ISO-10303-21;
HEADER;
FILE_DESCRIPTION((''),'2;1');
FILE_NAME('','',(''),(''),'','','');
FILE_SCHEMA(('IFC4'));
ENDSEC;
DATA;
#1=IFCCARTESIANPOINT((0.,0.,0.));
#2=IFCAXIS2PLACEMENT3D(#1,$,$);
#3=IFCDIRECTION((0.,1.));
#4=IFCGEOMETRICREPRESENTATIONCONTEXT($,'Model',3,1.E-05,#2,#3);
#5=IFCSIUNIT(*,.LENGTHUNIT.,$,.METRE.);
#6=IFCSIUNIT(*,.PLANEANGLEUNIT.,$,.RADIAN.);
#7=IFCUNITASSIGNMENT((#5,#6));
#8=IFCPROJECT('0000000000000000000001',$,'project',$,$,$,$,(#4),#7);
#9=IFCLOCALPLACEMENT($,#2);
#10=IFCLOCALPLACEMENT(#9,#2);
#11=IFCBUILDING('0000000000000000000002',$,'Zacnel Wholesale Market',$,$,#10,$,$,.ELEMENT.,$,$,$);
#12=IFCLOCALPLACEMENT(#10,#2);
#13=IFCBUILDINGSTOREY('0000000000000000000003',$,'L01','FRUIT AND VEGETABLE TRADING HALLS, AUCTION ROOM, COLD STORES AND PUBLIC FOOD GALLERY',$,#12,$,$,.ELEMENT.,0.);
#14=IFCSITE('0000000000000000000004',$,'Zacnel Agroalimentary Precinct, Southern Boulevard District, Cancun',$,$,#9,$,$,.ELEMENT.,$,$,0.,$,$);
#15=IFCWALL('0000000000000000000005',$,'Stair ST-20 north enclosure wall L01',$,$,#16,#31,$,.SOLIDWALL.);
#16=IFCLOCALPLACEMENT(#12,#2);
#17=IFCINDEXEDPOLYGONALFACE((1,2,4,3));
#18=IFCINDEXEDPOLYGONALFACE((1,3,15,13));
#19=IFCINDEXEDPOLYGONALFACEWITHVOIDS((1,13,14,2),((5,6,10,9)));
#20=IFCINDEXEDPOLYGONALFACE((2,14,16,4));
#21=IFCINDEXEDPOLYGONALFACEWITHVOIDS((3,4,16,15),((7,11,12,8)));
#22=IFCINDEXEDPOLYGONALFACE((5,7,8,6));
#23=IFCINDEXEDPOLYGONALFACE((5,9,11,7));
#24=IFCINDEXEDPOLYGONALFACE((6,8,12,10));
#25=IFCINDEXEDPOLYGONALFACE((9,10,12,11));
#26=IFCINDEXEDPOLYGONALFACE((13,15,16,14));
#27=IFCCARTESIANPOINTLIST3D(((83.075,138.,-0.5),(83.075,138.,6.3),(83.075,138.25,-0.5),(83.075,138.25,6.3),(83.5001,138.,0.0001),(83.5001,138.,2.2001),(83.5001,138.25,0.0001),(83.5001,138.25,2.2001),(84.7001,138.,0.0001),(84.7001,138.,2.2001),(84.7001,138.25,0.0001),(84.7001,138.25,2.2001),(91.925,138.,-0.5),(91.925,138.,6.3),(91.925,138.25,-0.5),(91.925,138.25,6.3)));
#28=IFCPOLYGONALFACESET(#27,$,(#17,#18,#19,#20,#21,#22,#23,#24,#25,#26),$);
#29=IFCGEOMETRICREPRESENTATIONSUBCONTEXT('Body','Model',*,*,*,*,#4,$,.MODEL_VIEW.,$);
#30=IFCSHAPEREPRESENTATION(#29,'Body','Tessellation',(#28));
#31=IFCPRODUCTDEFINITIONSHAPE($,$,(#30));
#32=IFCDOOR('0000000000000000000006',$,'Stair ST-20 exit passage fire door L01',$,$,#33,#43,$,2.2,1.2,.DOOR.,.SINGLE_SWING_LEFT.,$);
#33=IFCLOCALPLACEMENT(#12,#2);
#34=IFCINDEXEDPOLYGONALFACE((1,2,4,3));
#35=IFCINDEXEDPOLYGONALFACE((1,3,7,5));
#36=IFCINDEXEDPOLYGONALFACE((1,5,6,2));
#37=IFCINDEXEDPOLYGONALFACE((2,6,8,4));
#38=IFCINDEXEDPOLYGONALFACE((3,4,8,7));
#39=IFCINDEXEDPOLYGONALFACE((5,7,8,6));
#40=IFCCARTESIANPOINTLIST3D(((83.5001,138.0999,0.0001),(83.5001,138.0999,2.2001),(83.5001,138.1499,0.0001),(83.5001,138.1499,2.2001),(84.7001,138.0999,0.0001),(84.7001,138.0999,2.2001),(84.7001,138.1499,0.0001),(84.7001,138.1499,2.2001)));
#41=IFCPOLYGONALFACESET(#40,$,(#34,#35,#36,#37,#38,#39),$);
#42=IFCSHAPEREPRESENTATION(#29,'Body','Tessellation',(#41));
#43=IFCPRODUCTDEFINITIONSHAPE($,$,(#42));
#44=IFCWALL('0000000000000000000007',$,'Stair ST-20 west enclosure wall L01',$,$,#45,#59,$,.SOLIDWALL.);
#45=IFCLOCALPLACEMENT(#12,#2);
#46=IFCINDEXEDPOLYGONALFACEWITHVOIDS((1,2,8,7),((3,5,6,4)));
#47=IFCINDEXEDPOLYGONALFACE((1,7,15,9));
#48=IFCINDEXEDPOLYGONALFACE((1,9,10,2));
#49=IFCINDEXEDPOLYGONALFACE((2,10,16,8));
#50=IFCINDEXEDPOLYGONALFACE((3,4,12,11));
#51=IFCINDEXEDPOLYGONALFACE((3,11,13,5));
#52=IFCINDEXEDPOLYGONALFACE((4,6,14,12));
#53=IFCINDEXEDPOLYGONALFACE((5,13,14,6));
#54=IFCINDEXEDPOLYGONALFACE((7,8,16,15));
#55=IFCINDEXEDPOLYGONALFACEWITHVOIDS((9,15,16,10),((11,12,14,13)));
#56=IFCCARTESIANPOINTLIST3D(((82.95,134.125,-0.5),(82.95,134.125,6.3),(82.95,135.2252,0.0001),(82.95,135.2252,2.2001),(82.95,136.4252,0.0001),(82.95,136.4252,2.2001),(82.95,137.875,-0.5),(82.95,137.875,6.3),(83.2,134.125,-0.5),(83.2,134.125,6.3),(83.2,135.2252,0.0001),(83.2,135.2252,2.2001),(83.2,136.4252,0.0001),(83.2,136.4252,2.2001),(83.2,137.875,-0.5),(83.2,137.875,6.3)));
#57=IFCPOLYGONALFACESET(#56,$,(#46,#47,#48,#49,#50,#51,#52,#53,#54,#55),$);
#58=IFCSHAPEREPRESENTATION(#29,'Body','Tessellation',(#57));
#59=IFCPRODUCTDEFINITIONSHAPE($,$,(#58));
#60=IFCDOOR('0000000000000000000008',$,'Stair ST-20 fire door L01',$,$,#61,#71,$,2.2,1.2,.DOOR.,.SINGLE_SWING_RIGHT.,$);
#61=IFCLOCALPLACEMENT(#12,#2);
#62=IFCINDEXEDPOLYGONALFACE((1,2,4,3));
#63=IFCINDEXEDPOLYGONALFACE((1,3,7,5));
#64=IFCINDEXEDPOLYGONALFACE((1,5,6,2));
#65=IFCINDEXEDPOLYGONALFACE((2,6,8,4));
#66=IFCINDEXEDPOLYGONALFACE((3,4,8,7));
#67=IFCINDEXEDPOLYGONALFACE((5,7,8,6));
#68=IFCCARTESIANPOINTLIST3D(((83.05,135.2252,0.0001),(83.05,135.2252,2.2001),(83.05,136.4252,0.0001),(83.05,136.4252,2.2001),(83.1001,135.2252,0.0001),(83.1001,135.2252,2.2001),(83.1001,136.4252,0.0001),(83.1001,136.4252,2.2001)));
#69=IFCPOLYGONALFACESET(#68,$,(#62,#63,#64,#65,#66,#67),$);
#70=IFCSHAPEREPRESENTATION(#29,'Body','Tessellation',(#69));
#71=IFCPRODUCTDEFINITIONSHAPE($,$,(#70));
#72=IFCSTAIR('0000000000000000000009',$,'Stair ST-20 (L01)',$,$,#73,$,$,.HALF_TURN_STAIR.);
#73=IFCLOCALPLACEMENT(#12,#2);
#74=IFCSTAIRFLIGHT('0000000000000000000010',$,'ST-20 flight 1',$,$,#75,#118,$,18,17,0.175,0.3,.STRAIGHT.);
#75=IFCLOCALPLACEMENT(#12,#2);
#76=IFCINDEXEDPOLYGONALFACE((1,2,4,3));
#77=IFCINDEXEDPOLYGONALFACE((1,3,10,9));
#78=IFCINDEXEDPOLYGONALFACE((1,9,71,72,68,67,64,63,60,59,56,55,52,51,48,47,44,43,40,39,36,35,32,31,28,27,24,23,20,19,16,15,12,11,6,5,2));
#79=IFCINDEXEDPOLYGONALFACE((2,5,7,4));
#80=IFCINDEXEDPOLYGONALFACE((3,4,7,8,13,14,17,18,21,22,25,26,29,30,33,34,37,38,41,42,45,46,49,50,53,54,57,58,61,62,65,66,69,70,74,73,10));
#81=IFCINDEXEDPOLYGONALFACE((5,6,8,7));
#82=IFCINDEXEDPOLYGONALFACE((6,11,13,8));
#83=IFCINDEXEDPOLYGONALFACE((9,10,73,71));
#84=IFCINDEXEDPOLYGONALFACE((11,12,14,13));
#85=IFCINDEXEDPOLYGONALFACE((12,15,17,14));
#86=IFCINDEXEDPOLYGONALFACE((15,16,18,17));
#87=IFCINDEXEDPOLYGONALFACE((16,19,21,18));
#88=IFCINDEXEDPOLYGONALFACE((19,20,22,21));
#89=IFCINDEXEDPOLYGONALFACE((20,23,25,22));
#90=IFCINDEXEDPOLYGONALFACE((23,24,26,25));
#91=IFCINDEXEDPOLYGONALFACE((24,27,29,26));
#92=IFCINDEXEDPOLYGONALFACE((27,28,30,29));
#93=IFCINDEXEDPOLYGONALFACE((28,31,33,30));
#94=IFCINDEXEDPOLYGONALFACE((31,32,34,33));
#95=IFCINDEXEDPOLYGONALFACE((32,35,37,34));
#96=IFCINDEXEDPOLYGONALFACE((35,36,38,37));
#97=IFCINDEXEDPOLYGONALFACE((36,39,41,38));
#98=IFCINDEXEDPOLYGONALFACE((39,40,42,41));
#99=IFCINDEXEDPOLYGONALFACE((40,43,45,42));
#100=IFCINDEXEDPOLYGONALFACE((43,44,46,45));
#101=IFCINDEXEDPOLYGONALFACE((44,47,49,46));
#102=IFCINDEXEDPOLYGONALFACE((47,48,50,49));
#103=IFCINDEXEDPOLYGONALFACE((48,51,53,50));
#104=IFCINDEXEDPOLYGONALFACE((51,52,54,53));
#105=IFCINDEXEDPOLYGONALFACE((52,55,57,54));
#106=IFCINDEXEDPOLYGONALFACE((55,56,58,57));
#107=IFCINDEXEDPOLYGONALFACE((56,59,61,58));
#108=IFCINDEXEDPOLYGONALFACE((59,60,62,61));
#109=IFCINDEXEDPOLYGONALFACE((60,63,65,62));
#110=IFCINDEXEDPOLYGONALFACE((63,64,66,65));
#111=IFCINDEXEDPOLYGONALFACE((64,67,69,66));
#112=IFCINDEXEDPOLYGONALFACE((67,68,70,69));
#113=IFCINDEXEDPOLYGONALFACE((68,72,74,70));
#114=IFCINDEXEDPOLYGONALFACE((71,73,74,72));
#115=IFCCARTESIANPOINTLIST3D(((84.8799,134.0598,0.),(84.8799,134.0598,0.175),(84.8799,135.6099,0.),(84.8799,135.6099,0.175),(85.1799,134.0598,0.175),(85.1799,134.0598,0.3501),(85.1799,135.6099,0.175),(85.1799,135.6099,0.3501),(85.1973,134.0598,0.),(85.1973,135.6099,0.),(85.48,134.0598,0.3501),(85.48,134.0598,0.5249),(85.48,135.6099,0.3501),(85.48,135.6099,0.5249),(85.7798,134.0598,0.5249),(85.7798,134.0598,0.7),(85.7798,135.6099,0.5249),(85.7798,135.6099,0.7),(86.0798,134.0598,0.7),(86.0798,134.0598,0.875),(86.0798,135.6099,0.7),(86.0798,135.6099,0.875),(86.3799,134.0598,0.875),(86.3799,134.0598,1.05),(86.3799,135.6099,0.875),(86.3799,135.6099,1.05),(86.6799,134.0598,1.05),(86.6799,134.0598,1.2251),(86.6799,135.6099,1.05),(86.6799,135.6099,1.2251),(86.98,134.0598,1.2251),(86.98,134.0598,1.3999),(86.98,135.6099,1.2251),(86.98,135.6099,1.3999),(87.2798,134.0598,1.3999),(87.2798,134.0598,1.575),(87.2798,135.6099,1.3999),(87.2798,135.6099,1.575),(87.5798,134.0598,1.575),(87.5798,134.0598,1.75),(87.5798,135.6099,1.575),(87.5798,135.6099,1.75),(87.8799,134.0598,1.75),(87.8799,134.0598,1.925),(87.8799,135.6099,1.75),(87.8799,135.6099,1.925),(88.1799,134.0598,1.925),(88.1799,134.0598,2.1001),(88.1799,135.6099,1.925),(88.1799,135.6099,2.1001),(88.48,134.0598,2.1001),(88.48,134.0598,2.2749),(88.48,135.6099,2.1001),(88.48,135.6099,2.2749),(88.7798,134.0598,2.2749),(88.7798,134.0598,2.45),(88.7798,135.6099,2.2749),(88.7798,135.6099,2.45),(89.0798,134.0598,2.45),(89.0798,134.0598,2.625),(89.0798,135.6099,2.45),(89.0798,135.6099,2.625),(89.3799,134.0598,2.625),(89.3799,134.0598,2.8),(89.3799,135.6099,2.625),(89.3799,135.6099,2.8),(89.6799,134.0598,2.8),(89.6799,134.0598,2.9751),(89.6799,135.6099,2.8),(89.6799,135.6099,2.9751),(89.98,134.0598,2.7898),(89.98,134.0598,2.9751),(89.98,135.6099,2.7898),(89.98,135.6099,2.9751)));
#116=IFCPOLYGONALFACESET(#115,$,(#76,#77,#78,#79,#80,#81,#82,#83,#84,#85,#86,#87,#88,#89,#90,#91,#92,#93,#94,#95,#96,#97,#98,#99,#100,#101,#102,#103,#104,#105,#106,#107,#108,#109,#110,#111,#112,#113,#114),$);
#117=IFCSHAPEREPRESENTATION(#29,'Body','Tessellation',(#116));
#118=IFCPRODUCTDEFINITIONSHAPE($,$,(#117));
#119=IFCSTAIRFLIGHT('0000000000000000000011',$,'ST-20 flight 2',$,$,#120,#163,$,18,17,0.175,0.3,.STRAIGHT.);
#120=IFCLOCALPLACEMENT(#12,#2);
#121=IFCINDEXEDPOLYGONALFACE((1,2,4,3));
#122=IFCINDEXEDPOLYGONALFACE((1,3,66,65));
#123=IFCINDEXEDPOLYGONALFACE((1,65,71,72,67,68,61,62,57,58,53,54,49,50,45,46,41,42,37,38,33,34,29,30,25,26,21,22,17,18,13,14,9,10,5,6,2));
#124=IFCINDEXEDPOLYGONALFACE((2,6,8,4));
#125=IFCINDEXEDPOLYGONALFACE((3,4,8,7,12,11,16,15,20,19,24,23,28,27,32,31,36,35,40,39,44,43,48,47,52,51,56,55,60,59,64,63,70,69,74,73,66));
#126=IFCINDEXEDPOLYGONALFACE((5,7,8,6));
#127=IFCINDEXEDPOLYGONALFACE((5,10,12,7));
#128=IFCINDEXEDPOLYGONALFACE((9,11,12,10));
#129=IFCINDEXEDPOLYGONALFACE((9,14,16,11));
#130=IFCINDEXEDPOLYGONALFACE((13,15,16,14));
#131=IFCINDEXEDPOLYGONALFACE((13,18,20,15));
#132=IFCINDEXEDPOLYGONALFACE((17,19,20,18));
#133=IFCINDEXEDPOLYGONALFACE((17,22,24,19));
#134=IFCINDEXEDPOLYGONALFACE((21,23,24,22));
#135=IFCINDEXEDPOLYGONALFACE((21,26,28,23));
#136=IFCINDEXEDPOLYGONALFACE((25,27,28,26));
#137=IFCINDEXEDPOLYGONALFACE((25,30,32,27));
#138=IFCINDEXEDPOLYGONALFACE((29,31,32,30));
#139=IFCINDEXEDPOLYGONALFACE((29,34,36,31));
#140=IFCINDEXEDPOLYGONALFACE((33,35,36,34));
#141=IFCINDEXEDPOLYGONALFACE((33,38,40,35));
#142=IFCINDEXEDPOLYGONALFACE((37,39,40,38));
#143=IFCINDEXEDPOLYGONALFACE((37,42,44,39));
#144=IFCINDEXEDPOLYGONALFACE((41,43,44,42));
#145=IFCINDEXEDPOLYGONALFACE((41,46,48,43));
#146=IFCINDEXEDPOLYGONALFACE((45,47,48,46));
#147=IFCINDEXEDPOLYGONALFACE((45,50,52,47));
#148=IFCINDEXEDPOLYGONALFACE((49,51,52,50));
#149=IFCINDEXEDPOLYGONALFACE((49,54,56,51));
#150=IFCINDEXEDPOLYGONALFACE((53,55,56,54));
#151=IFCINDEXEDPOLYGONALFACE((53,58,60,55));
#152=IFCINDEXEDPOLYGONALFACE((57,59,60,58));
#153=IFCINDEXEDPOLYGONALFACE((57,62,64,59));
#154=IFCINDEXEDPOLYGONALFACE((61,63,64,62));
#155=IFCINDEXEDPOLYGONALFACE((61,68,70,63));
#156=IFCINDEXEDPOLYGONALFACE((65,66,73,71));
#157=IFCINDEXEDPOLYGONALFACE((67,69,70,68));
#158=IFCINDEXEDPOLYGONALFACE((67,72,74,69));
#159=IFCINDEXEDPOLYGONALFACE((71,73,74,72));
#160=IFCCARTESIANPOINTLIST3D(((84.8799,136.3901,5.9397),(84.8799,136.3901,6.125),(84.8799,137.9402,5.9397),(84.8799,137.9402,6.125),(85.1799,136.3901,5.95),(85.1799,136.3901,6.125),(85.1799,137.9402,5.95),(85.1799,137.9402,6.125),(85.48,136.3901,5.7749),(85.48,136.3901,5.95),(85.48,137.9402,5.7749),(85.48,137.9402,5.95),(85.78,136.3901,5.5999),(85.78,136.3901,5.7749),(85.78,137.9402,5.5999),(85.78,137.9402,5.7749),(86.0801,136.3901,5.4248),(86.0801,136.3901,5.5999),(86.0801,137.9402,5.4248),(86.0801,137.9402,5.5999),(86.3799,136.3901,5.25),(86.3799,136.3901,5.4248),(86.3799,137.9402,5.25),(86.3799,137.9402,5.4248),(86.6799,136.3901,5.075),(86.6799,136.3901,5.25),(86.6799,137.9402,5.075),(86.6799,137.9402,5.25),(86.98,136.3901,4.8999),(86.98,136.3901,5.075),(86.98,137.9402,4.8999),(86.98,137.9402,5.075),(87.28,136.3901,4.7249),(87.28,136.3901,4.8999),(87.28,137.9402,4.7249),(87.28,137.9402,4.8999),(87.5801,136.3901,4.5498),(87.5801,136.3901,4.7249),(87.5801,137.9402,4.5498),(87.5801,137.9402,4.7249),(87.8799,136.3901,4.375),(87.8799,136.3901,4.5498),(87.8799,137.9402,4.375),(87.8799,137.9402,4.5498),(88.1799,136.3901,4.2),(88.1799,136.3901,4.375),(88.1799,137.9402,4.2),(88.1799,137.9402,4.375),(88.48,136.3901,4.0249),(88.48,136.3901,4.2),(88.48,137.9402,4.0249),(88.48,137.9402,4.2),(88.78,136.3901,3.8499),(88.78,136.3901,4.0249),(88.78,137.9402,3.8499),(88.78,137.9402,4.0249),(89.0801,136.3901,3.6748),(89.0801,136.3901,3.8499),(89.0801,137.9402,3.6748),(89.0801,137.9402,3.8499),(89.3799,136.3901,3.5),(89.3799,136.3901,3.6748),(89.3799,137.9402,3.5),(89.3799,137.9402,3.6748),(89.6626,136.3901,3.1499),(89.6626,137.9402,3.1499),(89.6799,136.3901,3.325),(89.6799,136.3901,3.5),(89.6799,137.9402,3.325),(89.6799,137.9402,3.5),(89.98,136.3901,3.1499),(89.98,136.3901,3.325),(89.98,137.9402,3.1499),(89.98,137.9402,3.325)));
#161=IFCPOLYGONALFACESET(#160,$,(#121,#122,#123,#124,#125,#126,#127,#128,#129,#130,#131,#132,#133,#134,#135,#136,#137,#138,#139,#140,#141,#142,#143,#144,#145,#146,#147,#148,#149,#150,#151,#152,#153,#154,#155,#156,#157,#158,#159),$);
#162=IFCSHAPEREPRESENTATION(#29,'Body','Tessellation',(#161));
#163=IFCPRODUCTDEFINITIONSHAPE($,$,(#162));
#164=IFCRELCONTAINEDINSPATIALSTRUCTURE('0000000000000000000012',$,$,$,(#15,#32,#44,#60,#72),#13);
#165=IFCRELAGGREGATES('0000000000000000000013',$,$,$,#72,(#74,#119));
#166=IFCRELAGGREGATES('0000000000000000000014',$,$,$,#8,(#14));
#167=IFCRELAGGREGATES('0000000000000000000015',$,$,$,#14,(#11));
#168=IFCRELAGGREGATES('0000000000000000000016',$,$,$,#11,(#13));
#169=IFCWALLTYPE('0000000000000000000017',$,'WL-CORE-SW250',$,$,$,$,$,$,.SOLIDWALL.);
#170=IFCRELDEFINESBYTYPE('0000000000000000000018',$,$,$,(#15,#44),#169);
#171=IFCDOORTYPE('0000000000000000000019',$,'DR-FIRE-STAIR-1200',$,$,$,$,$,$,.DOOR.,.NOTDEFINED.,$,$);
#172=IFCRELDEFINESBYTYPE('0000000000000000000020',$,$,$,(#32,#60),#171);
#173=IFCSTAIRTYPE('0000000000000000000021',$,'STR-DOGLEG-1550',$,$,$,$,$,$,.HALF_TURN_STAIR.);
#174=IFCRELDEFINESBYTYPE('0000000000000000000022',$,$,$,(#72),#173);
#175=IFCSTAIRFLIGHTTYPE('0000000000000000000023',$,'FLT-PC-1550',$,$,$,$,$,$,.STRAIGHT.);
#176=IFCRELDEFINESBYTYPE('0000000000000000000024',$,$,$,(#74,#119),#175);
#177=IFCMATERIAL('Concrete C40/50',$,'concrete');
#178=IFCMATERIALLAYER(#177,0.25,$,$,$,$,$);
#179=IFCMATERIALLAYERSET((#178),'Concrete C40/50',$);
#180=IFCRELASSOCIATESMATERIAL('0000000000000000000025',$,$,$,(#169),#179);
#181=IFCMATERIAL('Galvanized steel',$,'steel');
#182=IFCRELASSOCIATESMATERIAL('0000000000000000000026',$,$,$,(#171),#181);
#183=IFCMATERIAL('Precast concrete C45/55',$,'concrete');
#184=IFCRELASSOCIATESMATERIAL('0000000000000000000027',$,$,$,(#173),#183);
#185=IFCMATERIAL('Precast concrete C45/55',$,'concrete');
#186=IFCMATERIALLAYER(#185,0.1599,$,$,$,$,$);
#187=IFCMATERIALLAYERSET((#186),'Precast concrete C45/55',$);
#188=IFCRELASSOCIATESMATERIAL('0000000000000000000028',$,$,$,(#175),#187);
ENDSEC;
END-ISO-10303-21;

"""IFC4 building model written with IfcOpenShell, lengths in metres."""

from ifc_helpers import new_model, si_unit, direction, frame, frame_2d, origin, place, context, subcontext, project, spatial, polyline, rectangle, outline, extrude, material, layer, layer_set, type_object, element, fill, aggregate, save


model = new_model("IFC4")

# Units and contexts
model_context = context("Model", 3, precision=1e-05, world=origin(), true_north=direction((0.0, 1.0)))
body_context = subcontext(model_context, "Body", "Model", "MODEL_VIEW")
ifc_project = project(units=[si_unit("LENGTHUNIT", "METRE"), si_unit("PLANEANGLEUNIT", "RADIAN")], contexts=[model_context])

# Site, building, storey
site_placement = place(None, origin())
site = spatial("IfcSite", under=ifc_project, at=site_placement, Name="Zacnel Agroalimentary Precinct, Southern Boulevard District, Cancun", CompositionType="ELEMENT", RefElevation=0.0)
building_placement = place(site_placement, origin())
building = spatial("IfcBuilding", under=site, at=building_placement, Name="Zacnel Wholesale Market", CompositionType="ELEMENT")
storey_placement = place(building_placement, origin())
storey = spatial("IfcBuildingStorey", under=building, at=storey_placement, Name="L01", Description="FRUIT AND VEGETABLE TRADING HALLS, AUCTION ROOM, COLD STORES AND PUBLIC FOOD GALLERY", CompositionType="ELEMENT", Elevation=0.0)

# Shared definitions
ifc_material_1 = material(Name="Concrete C40/50", Category="concrete")
ifc_layer_1 = layer(ifc_material_1, 0.25)
ifc_layer_set_1 = layer_set([ifc_layer_1], Name="Concrete C40/50")
wall_type_1 = type_object("IfcWallType", Name="WL-CORE-SW250", PredefinedType="SOLIDWALL", material=ifc_layer_set_1)

# Walls, openings, doors
wall_1_placement = place(storey_placement, frame((83.075, 138.125, -0.5), z_axis=(0.0, 0.0, 1.0), x_axis=(1.0, 0.0, 0.0)))
wall_1 = element("IfcWall", 1, at=wall_1_placement, inside=storey, type_object=wall_type_1, Name="Stair ST-20 north enclosure wall L01", PredefinedType="SOLIDWALL", context=body_context, shape_type="SweptSolid", body=[
    extrude(rectangle(XDim=8.8501, YDim=0.25, at=frame_2d((4.425, 0.0))), origin(), (0.0, 0.0, 1.0), 6.8),
])
opening_1_placement = place(wall_1_placement, frame((0.425, 0.0, 0.5)))
opening_1 = element("IfcOpeningElement", 2, at=opening_1_placement, cuts=wall_1, PredefinedType="OPENING", context=body_context, shape_type="SweptSolid", body=[
    extrude(rectangle(XDim=1.2, YDim=2.2, at=frame_2d((0.6001, 1.1001))), frame((0.0, 0.135, 0.0), z_axis=(0.0, -1.0, 0.0), x_axis=(1.0, 0.0, 0.0)), (0.0, 0.0, 1.0), 0.27),
])
ifc_material_2 = material(Name="Galvanized steel", Category="steel")
door_type = type_object("IfcDoorType", Name="DR-FIRE-STAIR-1200", OperationType="NOTDEFINED", PredefinedType="DOOR", material=ifc_material_2)
door_1_placement = place(opening_1_placement, origin())
door_1 = element("IfcDoor", 3, at=door_1_placement, inside=storey, type_object=door_type, Name="Stair ST-20 exit passage fire door L01", OperationType="SINGLE_SWING_LEFT", OverallHeight=2.2, OverallWidth=1.2, PredefinedType="DOOR", context=body_context, shape_type="SweptSolid", body=[
    extrude(rectangle(XDim=1.2, YDim=2.2, at=frame_2d((0.6001, 1.1001))), frame((0.0, 0.0249, 0.0), z_axis=(0.0, -1.0, 0.0), x_axis=(1.0, 0.0, 0.0)), (0.0, 0.0, 1.0), 0.05),
])
fill(opening_1, door_1)
wall_2_placement = place(storey_placement, frame((83.075, 134.125, -0.5), z_axis=(0.0, 0.0, 1.0), x_axis=(0.0, 1.0, 0.0)))
wall_2 = element("IfcWall", 4, at=wall_2_placement, inside=storey, type_object=wall_type_1, Name="Stair ST-20 west enclosure wall L01", PredefinedType="SOLIDWALL", context=body_context, shape_type="SweptSolid", body=[
    extrude(rectangle(XDim=3.75, YDim=0.25, at=frame_2d((1.875, 0.0))), origin(), (0.0, 0.0, 1.0), 6.8),
])
opening_2_placement = place(wall_2_placement, frame((1.1001, 0.0, 0.5)))
opening_2 = element("IfcOpeningElement", 5, at=opening_2_placement, cuts=wall_2, PredefinedType="OPENING", context=body_context, shape_type="SweptSolid", body=[
    extrude(rectangle(XDim=1.2, YDim=2.2, at=frame_2d((0.6001, 1.1001))), frame((0.0, 0.135, 0.0), z_axis=(0.0, -1.0, 0.0), x_axis=(1.0, 0.0, 0.0)), (0.0, 0.0, 1.0), 0.27),
])
door_2_placement = place(opening_2_placement, origin())
door_2 = element("IfcDoor", 6, at=door_2_placement, inside=storey, type_object=door_type, Name="Stair ST-20 fire door L01", OperationType="SINGLE_SWING_RIGHT", OverallHeight=2.2, OverallWidth=1.2, PredefinedType="DOOR", context=body_context, shape_type="SweptSolid", body=[
    extrude(rectangle(XDim=1.2, YDim=2.2, at=frame_2d((0.6001, 1.1001))), frame((0.0, 0.0249, 0.0), z_axis=(0.0, -1.0, 0.0), x_axis=(1.0, 0.0, 0.0)), (0.0, 0.0, 1.0), 0.05),
])
fill(opening_2, door_2)

# Stair, stair flights
ifc_material_3 = material(Name="Precast concrete C45/55", Category="concrete")
stair_type = type_object("IfcStairType", Name="STR-DOGLEG-1550", PredefinedType="HALF_TURN_STAIR", material=ifc_material_3)
stair_placement = place(storey_placement, origin())
stair = element("IfcStair", 7, at=stair_placement, inside=storey, type_object=stair_type, Name="Stair ST-20 (L01)", PredefinedType="HALF_TURN_STAIR")
ifc_material_4 = material(Name="Precast concrete C45/55", Category="concrete")
ifc_layer_2 = layer(ifc_material_4, 0.1599)
ifc_layer_set_2 = layer_set([ifc_layer_2], Name="Precast concrete C45/55")
stair_flight_type = type_object("IfcStairFlightType", Name="FLT-PC-1550", PredefinedType="STRAIGHT", material=ifc_layer_set_2)
stair_flight_1_placement = place(storey_placement, frame((84.8799, 134.835, 0.0), z_axis=(0.0, 0.0, 1.0), x_axis=(1.0, 0.0, 0.0)))
stair_flight_1 = element("IfcStairFlight", 8, at=stair_flight_1_placement, type_object=stair_flight_type, Name="ST-20 flight 1", NumberOfRisers=18, NumberOfTreads=17, PredefinedType="STRAIGHT", RiserHeight=0.175, TreadLength=0.3, context=body_context, shape_type="SweptSolid", body=[
    extrude(outline(polyline([(0.0, 0.0), (0.0, 0.175), (0.3, 0.175), (0.3, 0.3501), (0.6001, 0.3501), (0.6001, 0.5249), (0.8999, 0.5249), (0.8999, 0.7), (1.2, 0.7), (1.2, 0.875), (1.5, 0.875), (1.5, 1.05), (1.8, 1.05), (1.8, 1.2251), (2.1001, 1.2251), (2.1001, 1.3999), (2.3999, 1.3999), (2.3999, 1.575), (2.7, 1.575), (2.7, 1.75), (3.0, 1.75), (3.0, 1.925), (3.3, 1.925), (3.3, 2.1001), (3.6001, 2.1001), (3.6001, 2.2749), (3.8999, 2.2749), (3.8999, 2.45), (4.2, 2.45), (4.2, 2.625), (4.5, 2.625), (4.5, 2.8), (4.8, 2.8), (4.8, 2.9751), (5.1001, 2.9751), (5.1001, 3.1499), (5.1001, 2.7898), (0.3174, 0.0), (0.0, 0.0)])), frame((0.0, 0.7749, 0.0), z_axis=(0.0, -1.0, 0.0), x_axis=(1.0, 0.0, 0.0)), (0.0, 0.0, 1.0), 1.55),
])
stair_flight_2_placement = place(storey_placement, frame((89.98, 137.165, 3.1499), z_axis=(0.0, 0.0, 1.0), x_axis=(-1.0, 0.0, 0.0)))
stair_flight_2 = element("IfcStairFlight", 9, at=stair_flight_2_placement, type_object=stair_flight_type, Name="ST-20 flight 2", NumberOfRisers=18, NumberOfTreads=17, PredefinedType="STRAIGHT", RiserHeight=0.175, TreadLength=0.3, context=body_context, shape_type="SweptSolid", body=[
    extrude(outline(polyline([(0.0, 0.0), (0.0, 0.175), (0.3, 0.175), (0.3, 0.3501), (0.6001, 0.3501), (0.6001, 0.5249), (0.8999, 0.5249), (0.8999, 0.7), (1.2, 0.7), (1.2, 0.875), (1.5, 0.875), (1.5, 1.05), (1.8, 1.05), (1.8, 1.2251), (2.1001, 1.2251), (2.1001, 1.3999), (2.3999, 1.3999), (2.3999, 1.575), (2.7, 1.575), (2.7, 1.75), (3.0, 1.75), (3.0, 1.925), (3.3, 1.925), (3.3, 2.1001), (3.6001, 2.1001), (3.6001, 2.2749), (3.8999, 2.2749), (3.8999, 2.45), (4.2, 2.45), (4.2, 2.625), (4.5, 2.625), (4.5, 2.8), (4.8, 2.8), (4.8, 2.9751), (5.1001, 2.9751), (5.1001, 3.1499), (5.1001, 2.7898), (0.3174, 0.0), (0.0, 0.0)])), frame((0.0, 0.7749, 0.0), z_axis=(0.0, -1.0, 0.0), x_axis=(1.0, 0.0, 0.0)), (0.0, 0.0, 1.0), 1.55),
])
aggregate(stair, [stair_flight_1, stair_flight_2])

save(model, "model.ifc")
